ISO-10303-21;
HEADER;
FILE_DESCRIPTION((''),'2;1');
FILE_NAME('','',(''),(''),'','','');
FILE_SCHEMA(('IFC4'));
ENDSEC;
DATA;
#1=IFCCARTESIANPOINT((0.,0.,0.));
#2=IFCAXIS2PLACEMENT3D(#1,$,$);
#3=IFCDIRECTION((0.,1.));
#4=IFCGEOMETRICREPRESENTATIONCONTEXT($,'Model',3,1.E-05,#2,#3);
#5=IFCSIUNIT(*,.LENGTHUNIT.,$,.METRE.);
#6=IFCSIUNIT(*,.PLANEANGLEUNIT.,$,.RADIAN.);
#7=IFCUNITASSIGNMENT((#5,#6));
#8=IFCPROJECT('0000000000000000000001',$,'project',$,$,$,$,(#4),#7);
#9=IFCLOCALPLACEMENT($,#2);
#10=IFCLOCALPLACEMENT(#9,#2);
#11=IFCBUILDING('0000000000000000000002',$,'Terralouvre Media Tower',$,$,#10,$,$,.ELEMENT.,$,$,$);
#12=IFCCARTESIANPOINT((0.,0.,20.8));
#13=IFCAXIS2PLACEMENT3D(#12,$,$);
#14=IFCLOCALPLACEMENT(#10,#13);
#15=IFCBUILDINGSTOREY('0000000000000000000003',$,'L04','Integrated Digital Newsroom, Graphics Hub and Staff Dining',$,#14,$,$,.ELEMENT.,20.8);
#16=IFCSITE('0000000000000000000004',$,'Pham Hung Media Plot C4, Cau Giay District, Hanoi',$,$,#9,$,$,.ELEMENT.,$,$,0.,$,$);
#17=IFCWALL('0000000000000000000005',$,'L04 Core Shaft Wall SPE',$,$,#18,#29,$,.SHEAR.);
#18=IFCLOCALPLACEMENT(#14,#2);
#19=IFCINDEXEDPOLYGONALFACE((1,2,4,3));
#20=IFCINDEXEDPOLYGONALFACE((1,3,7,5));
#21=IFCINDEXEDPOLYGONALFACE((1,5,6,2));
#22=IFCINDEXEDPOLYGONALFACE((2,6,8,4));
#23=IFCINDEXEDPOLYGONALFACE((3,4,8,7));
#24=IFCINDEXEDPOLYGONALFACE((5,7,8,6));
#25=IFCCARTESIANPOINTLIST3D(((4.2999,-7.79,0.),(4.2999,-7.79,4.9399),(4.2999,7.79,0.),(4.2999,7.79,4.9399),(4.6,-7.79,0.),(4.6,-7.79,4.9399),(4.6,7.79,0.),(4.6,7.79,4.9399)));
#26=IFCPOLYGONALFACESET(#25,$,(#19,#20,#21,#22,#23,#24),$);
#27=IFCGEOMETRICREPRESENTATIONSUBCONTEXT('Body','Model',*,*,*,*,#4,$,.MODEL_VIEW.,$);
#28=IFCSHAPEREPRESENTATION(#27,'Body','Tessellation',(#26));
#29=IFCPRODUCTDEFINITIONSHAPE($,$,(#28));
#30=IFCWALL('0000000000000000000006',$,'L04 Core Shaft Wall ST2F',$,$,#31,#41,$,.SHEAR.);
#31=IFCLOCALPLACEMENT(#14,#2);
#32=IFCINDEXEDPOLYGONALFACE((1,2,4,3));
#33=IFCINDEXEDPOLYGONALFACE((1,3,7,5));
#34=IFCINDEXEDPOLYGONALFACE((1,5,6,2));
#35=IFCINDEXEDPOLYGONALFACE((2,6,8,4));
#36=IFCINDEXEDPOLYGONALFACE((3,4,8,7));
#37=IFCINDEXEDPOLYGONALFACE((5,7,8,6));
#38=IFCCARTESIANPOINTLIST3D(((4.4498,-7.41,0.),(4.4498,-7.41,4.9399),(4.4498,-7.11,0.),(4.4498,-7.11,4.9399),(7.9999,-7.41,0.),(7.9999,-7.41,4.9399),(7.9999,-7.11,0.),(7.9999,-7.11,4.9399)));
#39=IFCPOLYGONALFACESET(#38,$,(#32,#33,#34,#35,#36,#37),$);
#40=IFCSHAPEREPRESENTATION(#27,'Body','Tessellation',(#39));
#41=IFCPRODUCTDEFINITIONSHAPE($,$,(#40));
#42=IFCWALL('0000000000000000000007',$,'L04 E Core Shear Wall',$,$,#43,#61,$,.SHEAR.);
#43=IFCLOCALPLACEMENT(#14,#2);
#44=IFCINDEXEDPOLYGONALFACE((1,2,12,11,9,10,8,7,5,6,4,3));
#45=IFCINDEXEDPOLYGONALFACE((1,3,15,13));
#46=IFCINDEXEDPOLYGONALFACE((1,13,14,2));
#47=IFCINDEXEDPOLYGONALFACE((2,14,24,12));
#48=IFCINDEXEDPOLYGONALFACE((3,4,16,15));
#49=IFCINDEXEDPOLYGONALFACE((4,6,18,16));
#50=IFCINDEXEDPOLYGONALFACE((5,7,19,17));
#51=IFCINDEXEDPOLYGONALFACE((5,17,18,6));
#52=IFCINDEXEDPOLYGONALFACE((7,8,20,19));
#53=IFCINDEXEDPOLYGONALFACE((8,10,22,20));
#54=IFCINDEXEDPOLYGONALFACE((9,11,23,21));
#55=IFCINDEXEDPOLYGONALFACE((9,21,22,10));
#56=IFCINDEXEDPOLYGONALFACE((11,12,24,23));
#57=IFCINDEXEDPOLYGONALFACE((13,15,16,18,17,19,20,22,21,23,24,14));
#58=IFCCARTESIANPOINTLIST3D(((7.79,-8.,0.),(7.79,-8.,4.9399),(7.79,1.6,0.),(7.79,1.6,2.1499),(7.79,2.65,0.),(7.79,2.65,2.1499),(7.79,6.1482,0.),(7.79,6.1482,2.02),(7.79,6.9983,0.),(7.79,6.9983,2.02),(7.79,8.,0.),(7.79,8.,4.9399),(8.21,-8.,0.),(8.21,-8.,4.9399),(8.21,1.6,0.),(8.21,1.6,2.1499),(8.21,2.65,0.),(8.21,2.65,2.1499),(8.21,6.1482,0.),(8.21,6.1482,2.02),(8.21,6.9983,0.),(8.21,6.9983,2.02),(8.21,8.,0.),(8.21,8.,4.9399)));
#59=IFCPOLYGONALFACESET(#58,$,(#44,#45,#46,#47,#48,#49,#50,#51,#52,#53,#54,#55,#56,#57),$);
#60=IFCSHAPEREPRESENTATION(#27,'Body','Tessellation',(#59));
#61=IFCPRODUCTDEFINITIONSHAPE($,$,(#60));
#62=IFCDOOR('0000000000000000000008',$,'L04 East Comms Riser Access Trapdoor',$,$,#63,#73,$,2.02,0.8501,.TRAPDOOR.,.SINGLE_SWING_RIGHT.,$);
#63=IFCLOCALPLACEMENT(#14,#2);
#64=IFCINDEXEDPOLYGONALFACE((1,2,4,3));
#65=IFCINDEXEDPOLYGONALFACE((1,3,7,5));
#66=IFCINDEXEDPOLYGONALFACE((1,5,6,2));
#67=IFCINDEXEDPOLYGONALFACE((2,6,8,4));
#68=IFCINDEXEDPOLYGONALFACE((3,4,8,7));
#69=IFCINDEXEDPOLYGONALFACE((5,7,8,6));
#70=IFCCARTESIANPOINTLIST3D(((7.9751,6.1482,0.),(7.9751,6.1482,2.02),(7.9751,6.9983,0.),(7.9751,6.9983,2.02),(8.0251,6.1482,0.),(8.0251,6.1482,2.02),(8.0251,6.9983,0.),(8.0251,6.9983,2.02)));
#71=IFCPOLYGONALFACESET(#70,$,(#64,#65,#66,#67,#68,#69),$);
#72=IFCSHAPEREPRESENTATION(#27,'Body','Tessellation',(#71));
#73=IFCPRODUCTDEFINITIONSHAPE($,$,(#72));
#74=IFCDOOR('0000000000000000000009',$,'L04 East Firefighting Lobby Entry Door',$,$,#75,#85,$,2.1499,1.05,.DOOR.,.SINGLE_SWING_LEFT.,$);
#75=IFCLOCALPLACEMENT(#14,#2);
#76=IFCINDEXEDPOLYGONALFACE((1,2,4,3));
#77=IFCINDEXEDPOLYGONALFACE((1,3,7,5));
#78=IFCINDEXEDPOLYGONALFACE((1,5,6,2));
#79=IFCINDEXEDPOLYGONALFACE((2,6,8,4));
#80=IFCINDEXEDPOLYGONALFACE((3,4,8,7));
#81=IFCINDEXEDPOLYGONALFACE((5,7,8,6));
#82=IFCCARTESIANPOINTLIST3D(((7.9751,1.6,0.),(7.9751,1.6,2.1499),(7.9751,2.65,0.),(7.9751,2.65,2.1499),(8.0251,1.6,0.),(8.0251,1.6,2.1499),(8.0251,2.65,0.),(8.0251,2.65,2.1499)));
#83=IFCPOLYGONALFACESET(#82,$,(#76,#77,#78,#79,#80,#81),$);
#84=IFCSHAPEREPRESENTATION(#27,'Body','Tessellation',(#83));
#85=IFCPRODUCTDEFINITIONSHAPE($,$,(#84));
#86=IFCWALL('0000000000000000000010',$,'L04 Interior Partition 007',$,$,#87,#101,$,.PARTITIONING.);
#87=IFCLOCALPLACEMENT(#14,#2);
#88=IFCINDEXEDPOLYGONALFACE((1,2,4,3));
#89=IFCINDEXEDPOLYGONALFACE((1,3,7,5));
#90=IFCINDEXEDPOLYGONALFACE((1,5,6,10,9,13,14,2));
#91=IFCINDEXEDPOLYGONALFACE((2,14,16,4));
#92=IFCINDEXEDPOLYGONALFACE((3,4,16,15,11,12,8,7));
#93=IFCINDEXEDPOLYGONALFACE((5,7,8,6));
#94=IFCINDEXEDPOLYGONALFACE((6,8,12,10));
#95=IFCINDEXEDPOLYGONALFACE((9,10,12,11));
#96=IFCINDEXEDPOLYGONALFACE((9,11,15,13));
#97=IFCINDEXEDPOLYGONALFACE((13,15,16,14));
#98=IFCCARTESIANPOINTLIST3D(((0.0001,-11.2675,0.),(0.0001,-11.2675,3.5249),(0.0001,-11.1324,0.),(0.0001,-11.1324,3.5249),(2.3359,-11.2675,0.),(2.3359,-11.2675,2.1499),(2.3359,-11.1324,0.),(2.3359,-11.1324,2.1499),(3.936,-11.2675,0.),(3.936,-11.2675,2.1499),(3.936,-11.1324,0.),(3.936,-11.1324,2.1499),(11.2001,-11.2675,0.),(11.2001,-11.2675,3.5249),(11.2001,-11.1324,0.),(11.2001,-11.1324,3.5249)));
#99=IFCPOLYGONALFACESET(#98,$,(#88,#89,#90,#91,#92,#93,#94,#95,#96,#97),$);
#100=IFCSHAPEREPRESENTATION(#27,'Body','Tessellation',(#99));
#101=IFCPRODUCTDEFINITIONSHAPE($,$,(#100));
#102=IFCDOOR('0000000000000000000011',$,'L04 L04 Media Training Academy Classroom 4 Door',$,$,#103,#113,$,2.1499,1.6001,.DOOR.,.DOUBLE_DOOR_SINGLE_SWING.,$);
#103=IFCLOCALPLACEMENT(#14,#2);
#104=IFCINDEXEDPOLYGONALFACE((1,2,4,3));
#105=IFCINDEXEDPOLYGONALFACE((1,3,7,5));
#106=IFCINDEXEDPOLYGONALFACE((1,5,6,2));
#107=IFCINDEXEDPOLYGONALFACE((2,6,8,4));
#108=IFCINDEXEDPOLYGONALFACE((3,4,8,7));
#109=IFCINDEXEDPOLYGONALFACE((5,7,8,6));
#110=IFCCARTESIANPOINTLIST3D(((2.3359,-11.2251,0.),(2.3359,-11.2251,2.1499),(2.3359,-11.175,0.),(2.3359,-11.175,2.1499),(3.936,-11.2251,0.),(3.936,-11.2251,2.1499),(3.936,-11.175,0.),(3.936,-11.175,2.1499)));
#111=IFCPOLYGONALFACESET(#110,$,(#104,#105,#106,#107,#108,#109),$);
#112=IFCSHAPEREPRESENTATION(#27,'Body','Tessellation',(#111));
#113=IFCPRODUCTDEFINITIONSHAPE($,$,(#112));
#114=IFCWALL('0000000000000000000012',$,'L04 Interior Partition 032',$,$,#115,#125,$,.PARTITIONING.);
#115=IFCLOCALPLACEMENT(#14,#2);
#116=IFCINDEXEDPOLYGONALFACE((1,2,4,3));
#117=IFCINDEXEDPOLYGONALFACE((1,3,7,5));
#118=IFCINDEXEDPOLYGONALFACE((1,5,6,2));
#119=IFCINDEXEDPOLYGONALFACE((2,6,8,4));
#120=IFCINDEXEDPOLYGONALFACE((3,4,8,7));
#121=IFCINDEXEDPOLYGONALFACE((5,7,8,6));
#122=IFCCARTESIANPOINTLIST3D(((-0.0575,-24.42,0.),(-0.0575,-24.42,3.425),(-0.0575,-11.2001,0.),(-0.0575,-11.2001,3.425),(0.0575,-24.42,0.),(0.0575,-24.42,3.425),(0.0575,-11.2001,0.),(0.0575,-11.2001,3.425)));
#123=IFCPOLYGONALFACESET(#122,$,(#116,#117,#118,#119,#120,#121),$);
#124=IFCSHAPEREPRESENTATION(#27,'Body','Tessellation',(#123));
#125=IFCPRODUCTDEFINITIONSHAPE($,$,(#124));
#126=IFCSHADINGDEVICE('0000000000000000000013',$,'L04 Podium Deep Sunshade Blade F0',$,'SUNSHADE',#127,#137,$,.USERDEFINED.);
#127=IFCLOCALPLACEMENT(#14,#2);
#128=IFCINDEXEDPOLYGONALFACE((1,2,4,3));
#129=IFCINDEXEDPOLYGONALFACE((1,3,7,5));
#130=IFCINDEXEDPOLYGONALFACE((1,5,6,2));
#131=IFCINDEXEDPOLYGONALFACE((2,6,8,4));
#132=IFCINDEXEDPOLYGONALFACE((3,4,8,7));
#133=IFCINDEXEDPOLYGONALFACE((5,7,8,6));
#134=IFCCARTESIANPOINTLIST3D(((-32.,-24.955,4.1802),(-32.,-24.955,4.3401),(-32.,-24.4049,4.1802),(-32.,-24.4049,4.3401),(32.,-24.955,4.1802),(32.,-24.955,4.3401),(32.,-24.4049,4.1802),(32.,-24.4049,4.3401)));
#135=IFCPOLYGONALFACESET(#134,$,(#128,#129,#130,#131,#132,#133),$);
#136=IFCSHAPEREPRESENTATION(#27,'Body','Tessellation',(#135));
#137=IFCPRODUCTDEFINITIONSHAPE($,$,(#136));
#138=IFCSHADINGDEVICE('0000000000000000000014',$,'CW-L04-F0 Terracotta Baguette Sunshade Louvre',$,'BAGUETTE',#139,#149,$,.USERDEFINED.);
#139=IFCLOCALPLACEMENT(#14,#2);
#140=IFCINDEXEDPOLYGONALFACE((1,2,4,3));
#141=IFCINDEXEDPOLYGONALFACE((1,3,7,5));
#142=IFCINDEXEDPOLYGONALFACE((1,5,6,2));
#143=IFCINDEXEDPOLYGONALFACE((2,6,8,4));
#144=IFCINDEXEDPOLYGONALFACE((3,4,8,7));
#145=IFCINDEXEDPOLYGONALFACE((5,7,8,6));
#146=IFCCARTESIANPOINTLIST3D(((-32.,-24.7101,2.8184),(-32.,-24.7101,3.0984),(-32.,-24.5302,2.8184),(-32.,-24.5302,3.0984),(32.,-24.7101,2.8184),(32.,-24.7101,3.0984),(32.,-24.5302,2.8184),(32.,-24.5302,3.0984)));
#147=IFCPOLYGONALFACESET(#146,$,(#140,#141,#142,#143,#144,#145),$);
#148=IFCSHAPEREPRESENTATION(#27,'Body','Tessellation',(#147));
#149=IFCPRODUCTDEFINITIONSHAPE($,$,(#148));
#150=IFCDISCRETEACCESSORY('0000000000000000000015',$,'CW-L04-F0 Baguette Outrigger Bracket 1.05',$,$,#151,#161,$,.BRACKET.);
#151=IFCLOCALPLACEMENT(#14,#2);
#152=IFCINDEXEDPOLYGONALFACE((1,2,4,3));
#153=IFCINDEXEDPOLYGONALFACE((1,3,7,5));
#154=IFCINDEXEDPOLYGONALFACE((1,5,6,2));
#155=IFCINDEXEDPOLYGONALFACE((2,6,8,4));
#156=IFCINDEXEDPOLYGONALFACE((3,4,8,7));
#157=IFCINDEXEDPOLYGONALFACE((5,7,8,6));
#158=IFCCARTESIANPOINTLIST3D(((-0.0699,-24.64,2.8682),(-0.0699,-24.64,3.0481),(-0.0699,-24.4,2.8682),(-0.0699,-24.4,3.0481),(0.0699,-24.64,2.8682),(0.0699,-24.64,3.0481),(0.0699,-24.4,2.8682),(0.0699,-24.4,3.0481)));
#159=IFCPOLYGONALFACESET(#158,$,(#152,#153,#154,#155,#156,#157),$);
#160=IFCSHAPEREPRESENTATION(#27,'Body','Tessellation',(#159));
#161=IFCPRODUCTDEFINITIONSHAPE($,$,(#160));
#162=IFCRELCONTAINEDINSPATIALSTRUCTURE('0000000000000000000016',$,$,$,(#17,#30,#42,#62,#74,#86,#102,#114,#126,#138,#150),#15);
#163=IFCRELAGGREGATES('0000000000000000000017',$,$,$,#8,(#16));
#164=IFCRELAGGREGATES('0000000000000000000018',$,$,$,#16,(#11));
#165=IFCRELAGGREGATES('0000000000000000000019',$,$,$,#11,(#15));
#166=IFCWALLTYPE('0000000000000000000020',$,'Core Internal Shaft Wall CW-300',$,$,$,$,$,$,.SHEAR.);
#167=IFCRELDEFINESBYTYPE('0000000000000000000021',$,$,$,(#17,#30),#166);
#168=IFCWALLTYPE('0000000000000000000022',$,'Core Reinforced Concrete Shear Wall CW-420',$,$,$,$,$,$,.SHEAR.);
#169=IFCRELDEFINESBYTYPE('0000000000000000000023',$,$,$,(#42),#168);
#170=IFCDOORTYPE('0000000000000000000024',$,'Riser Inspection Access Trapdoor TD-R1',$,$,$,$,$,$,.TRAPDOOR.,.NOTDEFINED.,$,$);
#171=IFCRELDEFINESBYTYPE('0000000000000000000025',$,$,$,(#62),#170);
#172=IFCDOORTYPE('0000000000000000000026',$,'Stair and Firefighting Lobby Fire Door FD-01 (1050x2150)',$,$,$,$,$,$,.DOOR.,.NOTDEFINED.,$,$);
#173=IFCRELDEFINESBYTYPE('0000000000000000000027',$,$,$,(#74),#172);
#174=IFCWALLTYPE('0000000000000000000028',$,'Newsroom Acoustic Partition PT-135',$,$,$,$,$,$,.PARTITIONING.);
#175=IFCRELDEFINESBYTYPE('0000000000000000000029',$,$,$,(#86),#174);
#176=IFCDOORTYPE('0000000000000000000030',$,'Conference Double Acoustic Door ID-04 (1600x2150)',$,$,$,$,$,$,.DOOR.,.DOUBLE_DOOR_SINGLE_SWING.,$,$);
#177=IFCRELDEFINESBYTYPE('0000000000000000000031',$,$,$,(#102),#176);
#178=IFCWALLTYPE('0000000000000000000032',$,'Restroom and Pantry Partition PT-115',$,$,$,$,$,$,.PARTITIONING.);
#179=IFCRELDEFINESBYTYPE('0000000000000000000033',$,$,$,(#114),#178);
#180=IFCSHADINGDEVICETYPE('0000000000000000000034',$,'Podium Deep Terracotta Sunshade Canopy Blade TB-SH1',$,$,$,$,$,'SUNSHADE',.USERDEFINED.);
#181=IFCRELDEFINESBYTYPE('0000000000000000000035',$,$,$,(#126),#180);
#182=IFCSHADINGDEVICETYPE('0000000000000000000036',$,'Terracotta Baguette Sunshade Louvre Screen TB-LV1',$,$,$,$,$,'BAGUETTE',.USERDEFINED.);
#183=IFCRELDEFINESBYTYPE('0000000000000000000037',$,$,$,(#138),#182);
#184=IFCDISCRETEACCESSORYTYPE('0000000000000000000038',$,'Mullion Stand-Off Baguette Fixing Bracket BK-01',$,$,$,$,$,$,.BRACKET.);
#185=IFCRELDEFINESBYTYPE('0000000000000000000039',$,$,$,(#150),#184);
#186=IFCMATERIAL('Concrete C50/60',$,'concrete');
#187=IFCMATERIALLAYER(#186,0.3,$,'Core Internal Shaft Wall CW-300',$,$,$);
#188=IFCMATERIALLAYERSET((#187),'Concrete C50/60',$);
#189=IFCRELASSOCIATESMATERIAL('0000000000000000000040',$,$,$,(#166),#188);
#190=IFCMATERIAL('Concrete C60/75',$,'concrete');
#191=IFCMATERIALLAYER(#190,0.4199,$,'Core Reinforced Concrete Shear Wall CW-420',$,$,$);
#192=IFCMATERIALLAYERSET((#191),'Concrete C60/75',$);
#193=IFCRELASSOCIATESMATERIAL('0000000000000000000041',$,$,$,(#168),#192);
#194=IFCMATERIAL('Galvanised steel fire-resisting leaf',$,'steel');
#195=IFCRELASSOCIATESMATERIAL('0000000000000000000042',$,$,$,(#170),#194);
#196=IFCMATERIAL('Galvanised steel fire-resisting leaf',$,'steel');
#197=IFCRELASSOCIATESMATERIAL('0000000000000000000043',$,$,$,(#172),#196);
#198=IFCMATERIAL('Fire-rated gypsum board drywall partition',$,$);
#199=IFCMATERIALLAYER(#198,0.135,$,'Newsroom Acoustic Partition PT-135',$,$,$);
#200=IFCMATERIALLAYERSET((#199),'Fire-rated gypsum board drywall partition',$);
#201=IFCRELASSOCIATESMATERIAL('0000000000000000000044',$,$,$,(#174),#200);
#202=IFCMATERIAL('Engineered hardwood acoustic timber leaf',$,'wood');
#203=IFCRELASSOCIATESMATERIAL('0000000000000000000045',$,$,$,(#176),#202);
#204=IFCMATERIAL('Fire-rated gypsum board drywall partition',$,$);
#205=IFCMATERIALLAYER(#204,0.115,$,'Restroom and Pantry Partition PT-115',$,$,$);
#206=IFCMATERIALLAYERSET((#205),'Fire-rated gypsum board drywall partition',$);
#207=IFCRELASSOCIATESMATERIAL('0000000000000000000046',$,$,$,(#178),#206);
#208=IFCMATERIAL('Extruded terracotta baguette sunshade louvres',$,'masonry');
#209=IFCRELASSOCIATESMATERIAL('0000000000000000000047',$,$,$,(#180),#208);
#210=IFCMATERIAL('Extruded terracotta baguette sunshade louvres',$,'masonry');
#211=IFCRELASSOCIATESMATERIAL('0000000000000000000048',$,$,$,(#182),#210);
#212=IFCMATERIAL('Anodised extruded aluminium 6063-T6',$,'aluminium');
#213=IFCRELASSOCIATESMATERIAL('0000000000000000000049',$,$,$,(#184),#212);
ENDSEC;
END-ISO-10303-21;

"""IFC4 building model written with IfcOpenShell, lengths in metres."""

from ifc_helpers import new_model, si_unit, direction, frame, frame_2d, origin, origin_2d, place, context, subcontext, project, spatial, rectangle, extrude, material, layer, layer_set, type_object, element, fill, save


model = new_model("IFC4")

# Units and contexts
model_context = context("Model", 3, precision=1e-05, world=origin(), true_north=direction((0.0, 1.0)))
body_context = subcontext(model_context, "Body", "Model", "MODEL_VIEW")
ifc_project = project(units=[si_unit("LENGTHUNIT", "METRE"), si_unit("PLANEANGLEUNIT", "RADIAN")], contexts=[model_context])

# Site, building, storey
site_placement = place(None, origin())
site = spatial("IfcSite", under=ifc_project, at=site_placement, Name="Pham Hung Media Plot C4, Cau Giay District, Hanoi", CompositionType="ELEMENT", RefElevation=0.0)
building_placement = place(site_placement, origin())
building = spatial("IfcBuilding", under=site, at=building_placement, Name="Terralouvre Media Tower", CompositionType="ELEMENT")
storey_placement = place(building_placement, frame((0.0, 0.0, 20.8)))
storey = spatial("IfcBuildingStorey", under=building, at=storey_placement, Name="L04", Description="Integrated Digital Newsroom, Graphics Hub and Staff Dining", CompositionType="ELEMENT", Elevation=20.8)

# Walls
ifc_material_1 = material(Name="Concrete C50/60", Category="concrete")
ifc_layer_1 = layer(ifc_material_1, 0.3, Name="Core Internal Shaft Wall CW-300")
ifc_layer_set_1 = layer_set([ifc_layer_1], Name="Concrete C50/60")
wall_type_1 = type_object("IfcWallType", Name="Core Internal Shaft Wall CW-300", PredefinedType="SHEAR", material=ifc_layer_set_1)
wall_1_placement = place(storey_placement, frame((4.45, -7.79, 0.0), z_axis=(0.0, 0.0, 1.0), x_axis=(0.0, 1.0, 0.0)))
element("IfcWall", 1, at=wall_1_placement, inside=storey, type_object=wall_type_1, Name="L04 Core Shaft Wall SPE", PredefinedType="SHEAR", context=body_context, shape_type="SweptSolid", body=[
    extrude(rectangle(XDim=15.5801, YDim=0.3, at=frame_2d((7.79, 0.0))), origin(), (0.0, 0.0, 1.0), 4.9399),
])
wall_2_placement = place(storey_placement, frame((4.45, -7.26, 0.0), z_axis=(0.0, 0.0, 1.0), x_axis=(1.0, 0.0, 0.0)))
element("IfcWall", 2, at=wall_2_placement, inside=storey, type_object=wall_type_1, Name="L04 Core Shaft Wall ST2F", PredefinedType="SHEAR", context=body_context, shape_type="SweptSolid", body=[
    extrude(rectangle(XDim=3.55, YDim=0.3, at=frame_2d((1.7749, 0.0))), origin(), (0.0, 0.0, 1.0), 4.9399),
])

# Wall, openings, doors
ifc_material_2 = material(Name="Concrete C60/75", Category="concrete")
ifc_layer_2 = layer(ifc_material_2, 0.4199, Name="Core Reinforced Concrete Shear Wall CW-420")
ifc_layer_set_2 = layer_set([ifc_layer_2], Name="Concrete C60/75")
wall_type_2 = type_object("IfcWallType", Name="Core Reinforced Concrete Shear Wall CW-420", PredefinedType="SHEAR", material=ifc_layer_set_2)
wall_3_placement = place(storey_placement, frame((8.0, -8.0, 0.0), z_axis=(0.0, 0.0, 1.0), x_axis=(0.0, 1.0, 0.0)))
wall_3 = element("IfcWall", 3, at=wall_3_placement, inside=storey, type_object=wall_type_2, Name="L04 E Core Shear Wall", PredefinedType="SHEAR", context=body_context, shape_type="SweptSolid", body=[
    extrude(rectangle(XDim=16.0, YDim=0.4199, at=frame_2d((8.0, 0.0))), origin(), (0.0, 0.0, 1.0), 4.9399),
])
opening_1_placement = place(wall_3_placement, frame((9.6001, 0.0, 0.0)))
opening_1 = element("IfcOpeningElement", 4, at=opening_1_placement, cuts=wall_3, PredefinedType="OPENING", context=body_context, shape_type="SweptSolid", body=[
    extrude(rectangle(XDim=1.05, YDim=2.1499, at=frame_2d((0.5249, 1.075))), frame((0.0, 0.22, 0.0), z_axis=(0.0, -1.0, 0.0), x_axis=(1.0, 0.0, 0.0)), (0.0, 0.0, 1.0), 0.4399),
])
opening_2_placement = place(wall_3_placement, frame((14.1482, 0.0, 0.0)))
opening_2 = element("IfcOpeningElement", 5, at=opening_2_placement, cuts=wall_3, PredefinedType="OPENING", context=body_context, shape_type="SweptSolid", body=[
    extrude(rectangle(XDim=0.8501, YDim=2.02, at=frame_2d((0.425, 1.01))), frame((0.0, 0.22, 0.0), z_axis=(0.0, -1.0, 0.0), x_axis=(1.0, 0.0, 0.0)), (0.0, 0.0, 1.0), 0.4399),
])
ifc_material_3 = material(Name="Galvanised steel fire-resisting leaf", Category="steel")
door_type_1 = type_object("IfcDoorType", Name="Riser Inspection Access Trapdoor TD-R1", OperationType="NOTDEFINED", PredefinedType="TRAPDOOR", material=ifc_material_3)
door_1_placement = place(opening_2_placement, origin())
door_1 = element("IfcDoor", 6, at=door_1_placement, inside=storey, type_object=door_type_1, Name="L04 East Comms Riser Access Trapdoor", OperationType="SINGLE_SWING_RIGHT", OverallHeight=2.02, OverallWidth=0.8501, PredefinedType="TRAPDOOR", context=body_context, shape_type="SweptSolid", body=[
    extrude(rectangle(XDim=0.8501, YDim=2.02, at=frame_2d((0.425, 1.01))), frame((0.0, 0.0249, 0.0), z_axis=(0.0, -1.0, 0.0), x_axis=(1.0, 0.0, 0.0)), (0.0, 0.0, 1.0), 0.05),
])
fill(opening_2, door_1)
ifc_material_4 = material(Name="Galvanised steel fire-resisting leaf", Category="steel")
door_type_2 = type_object("IfcDoorType", Name="Stair and Firefighting Lobby Fire Door FD-01 (1050x2150)", OperationType="NOTDEFINED", PredefinedType="DOOR", material=ifc_material_4)
door_2_placement = place(opening_1_placement, origin())
door_2 = element("IfcDoor", 7, at=door_2_placement, inside=storey, type_object=door_type_2, Name="L04 East Firefighting Lobby Entry Door", OperationType="SINGLE_SWING_LEFT", OverallHeight=2.1499, OverallWidth=1.05, PredefinedType="DOOR", context=body_context, shape_type="SweptSolid", body=[
    extrude(rectangle(XDim=1.05, YDim=2.1499, at=frame_2d((0.5249, 1.075))), frame((0.0, 0.0249, 0.0), z_axis=(0.0, -1.0, 0.0), x_axis=(1.0, 0.0, 0.0)), (0.0, 0.0, 1.0), 0.05),
])
fill(opening_1, door_2)

# Wall, opening, door
ifc_material_5 = material(Name="Fire-rated gypsum board drywall partition")
ifc_layer_3 = layer(ifc_material_5, 0.135, Name="Newsroom Acoustic Partition PT-135")
ifc_layer_set_3 = layer_set([ifc_layer_3], Name="Fire-rated gypsum board drywall partition")
wall_type_3 = type_object("IfcWallType", Name="Newsroom Acoustic Partition PT-135", PredefinedType="PARTITIONING", material=ifc_layer_set_3)
wall_4_placement = place(storey_placement, frame((0.0, -11.2, 0.0), z_axis=(0.0, 0.0, 1.0), x_axis=(1.0, 0.0, 0.0)))
wall_4 = element("IfcWall", 8, at=wall_4_placement, inside=storey, type_object=wall_type_3, Name="L04 Interior Partition 007", PredefinedType="PARTITIONING", context=body_context, shape_type="SweptSolid", body=[
    extrude(rectangle(XDim=11.2, YDim=0.135, at=frame_2d((5.6001, 0.0))), origin(), (0.0, 0.0, 1.0), 3.5249),
])
opening_3_placement = place(wall_4_placement, frame((2.3359, 0.0, 0.0)))
opening_3 = element("IfcOpeningElement", 9, at=opening_3_placement, cuts=wall_4, PredefinedType="OPENING", context=body_context, shape_type="SweptSolid", body=[
    extrude(rectangle(XDim=1.6001, YDim=2.1499, at=frame_2d((0.8, 1.075))), frame((0.0, 0.0774, 0.0), z_axis=(0.0, -1.0, 0.0), x_axis=(1.0, 0.0, 0.0)), (0.0, 0.0, 1.0), 0.155),
])
ifc_material_6 = material(Name="Engineered hardwood acoustic timber leaf", Category="wood")
door_type_3 = type_object("IfcDoorType", Name="Conference Double Acoustic Door ID-04 (1600x2150)", OperationType="DOUBLE_DOOR_SINGLE_SWING", PredefinedType="DOOR", material=ifc_material_6)
door_3_placement = place(opening_3_placement, origin())
door_3 = element("IfcDoor", 10, at=door_3_placement, inside=storey, type_object=door_type_3, Name="L04 L04 Media Training Academy Classroom 4 Door", OperationType="DOUBLE_DOOR_SINGLE_SWING", OverallHeight=2.1499, OverallWidth=1.6001, PredefinedType="DOOR", context=body_context, shape_type="SweptSolid", body=[
    extrude(rectangle(XDim=1.6001, YDim=2.1499, at=frame_2d((0.8, 1.075))), frame((0.0, 0.0249, 0.0), z_axis=(0.0, -1.0, 0.0), x_axis=(1.0, 0.0, 0.0)), (0.0, 0.0, 1.0), 0.05),
])
fill(opening_3, door_3)

# Wall
ifc_material_7 = material(Name="Fire-rated gypsum board drywall partition")
ifc_layer_4 = layer(ifc_material_7, 0.115, Name="Restroom and Pantry Partition PT-115")
ifc_layer_set_4 = layer_set([ifc_layer_4], Name="Fire-rated gypsum board drywall partition")
wall_type_4 = type_object("IfcWallType", Name="Restroom and Pantry Partition PT-115", PredefinedType="PARTITIONING", material=ifc_layer_set_4)
wall_5_placement = place(storey_placement, frame((0.0, -24.4199, 0.0), z_axis=(0.0, 0.0, 1.0), x_axis=(0.0, 1.0, 0.0)))
element("IfcWall", 11, at=wall_5_placement, inside=storey, type_object=wall_type_4, Name="L04 Interior Partition 032", PredefinedType="PARTITIONING", context=body_context, shape_type="SweptSolid", body=[
    extrude(rectangle(XDim=13.22, YDim=0.115, at=frame_2d((6.6099, 0.0))), origin(), (0.0, 0.0, 1.0), 3.425),
])

# Shading devices
ifc_material_8 = material(Name="Extruded terracotta baguette sunshade louvres", Category="masonry")
shading_device_type_1 = type_object("IfcShadingDeviceType", Name="Podium Deep Terracotta Sunshade Canopy Blade TB-SH1", ElementType="SUNSHADE", PredefinedType="USERDEFINED", material=ifc_material_8)
shading_device_1_placement = place(storey_placement, frame((0.0, -24.6799, 4.1802), z_axis=(0.0, 0.0, 1.0), x_axis=(1.0, 0.0, 0.0)))
element("IfcShadingDevice", 12, at=shading_device_1_placement, inside=storey, type_object=shading_device_type_1, Name="L04 Podium Deep Sunshade Blade F0", ObjectType="SUNSHADE", PredefinedType="USERDEFINED", context=body_context, shape_type="SweptSolid", body=[
    extrude(rectangle(XDim=64.0, YDim=0.55, at=origin_2d()), origin(), (0.0, 0.0, 1.0), 0.1599),
])
ifc_material_9 = material(Name="Extruded terracotta baguette sunshade louvres", Category="masonry")
shading_device_type_2 = type_object("IfcShadingDeviceType", Name="Terracotta Baguette Sunshade Louvre Screen TB-LV1", ElementType="BAGUETTE", PredefinedType="USERDEFINED", material=ifc_material_9)
shading_device_2_placement = place(storey_placement, frame((0.0, -24.6201, 2.8184), z_axis=(0.0, 0.0, 1.0), x_axis=(1.0, 0.0, 0.0)))
element("IfcShadingDevice", 13, at=shading_device_2_placement, inside=storey, type_object=shading_device_type_2, Name="CW-L04-F0 Terracotta Baguette Sunshade Louvre", ObjectType="BAGUETTE", PredefinedType="USERDEFINED", context=body_context, shape_type="SweptSolid", body=[
    extrude(rectangle(XDim=64.0, YDim=0.1799, at=origin_2d()), origin(), (0.0, 0.0, 1.0), 0.28),
])

# Discrete accessory
ifc_material_10 = material(Name="Anodised extruded aluminium 6063-T6", Category="aluminium")
discrete_accessory_type = type_object("IfcDiscreteAccessoryType", Name="Mullion Stand-Off Baguette Fixing Bracket BK-01", PredefinedType="BRACKET", material=ifc_material_10)
for number, where, z_axis, x_axis, name in (
    (14, (0.0, -24.52, 2.8682), (0.0, 0.0, 1.0), (1.0, 0.0, 0.0), "CW-L04-F0 Baguette Outrigger Bracket 1.05"),
):
    element("IfcDiscreteAccessory", number, at=place(storey_placement, frame(where, z_axis=z_axis, x_axis=x_axis)), inside=storey, type_object=discrete_accessory_type, Name=name, PredefinedType="BRACKET", context=body_context, shape_type="SweptSolid", body=[
        extrude(rectangle(XDim=0.1399, YDim=0.24, at=origin_2d()), origin(), (0.0, 0.0, 1.0), 0.1799),
    ])

save(model, "model.ifc")
